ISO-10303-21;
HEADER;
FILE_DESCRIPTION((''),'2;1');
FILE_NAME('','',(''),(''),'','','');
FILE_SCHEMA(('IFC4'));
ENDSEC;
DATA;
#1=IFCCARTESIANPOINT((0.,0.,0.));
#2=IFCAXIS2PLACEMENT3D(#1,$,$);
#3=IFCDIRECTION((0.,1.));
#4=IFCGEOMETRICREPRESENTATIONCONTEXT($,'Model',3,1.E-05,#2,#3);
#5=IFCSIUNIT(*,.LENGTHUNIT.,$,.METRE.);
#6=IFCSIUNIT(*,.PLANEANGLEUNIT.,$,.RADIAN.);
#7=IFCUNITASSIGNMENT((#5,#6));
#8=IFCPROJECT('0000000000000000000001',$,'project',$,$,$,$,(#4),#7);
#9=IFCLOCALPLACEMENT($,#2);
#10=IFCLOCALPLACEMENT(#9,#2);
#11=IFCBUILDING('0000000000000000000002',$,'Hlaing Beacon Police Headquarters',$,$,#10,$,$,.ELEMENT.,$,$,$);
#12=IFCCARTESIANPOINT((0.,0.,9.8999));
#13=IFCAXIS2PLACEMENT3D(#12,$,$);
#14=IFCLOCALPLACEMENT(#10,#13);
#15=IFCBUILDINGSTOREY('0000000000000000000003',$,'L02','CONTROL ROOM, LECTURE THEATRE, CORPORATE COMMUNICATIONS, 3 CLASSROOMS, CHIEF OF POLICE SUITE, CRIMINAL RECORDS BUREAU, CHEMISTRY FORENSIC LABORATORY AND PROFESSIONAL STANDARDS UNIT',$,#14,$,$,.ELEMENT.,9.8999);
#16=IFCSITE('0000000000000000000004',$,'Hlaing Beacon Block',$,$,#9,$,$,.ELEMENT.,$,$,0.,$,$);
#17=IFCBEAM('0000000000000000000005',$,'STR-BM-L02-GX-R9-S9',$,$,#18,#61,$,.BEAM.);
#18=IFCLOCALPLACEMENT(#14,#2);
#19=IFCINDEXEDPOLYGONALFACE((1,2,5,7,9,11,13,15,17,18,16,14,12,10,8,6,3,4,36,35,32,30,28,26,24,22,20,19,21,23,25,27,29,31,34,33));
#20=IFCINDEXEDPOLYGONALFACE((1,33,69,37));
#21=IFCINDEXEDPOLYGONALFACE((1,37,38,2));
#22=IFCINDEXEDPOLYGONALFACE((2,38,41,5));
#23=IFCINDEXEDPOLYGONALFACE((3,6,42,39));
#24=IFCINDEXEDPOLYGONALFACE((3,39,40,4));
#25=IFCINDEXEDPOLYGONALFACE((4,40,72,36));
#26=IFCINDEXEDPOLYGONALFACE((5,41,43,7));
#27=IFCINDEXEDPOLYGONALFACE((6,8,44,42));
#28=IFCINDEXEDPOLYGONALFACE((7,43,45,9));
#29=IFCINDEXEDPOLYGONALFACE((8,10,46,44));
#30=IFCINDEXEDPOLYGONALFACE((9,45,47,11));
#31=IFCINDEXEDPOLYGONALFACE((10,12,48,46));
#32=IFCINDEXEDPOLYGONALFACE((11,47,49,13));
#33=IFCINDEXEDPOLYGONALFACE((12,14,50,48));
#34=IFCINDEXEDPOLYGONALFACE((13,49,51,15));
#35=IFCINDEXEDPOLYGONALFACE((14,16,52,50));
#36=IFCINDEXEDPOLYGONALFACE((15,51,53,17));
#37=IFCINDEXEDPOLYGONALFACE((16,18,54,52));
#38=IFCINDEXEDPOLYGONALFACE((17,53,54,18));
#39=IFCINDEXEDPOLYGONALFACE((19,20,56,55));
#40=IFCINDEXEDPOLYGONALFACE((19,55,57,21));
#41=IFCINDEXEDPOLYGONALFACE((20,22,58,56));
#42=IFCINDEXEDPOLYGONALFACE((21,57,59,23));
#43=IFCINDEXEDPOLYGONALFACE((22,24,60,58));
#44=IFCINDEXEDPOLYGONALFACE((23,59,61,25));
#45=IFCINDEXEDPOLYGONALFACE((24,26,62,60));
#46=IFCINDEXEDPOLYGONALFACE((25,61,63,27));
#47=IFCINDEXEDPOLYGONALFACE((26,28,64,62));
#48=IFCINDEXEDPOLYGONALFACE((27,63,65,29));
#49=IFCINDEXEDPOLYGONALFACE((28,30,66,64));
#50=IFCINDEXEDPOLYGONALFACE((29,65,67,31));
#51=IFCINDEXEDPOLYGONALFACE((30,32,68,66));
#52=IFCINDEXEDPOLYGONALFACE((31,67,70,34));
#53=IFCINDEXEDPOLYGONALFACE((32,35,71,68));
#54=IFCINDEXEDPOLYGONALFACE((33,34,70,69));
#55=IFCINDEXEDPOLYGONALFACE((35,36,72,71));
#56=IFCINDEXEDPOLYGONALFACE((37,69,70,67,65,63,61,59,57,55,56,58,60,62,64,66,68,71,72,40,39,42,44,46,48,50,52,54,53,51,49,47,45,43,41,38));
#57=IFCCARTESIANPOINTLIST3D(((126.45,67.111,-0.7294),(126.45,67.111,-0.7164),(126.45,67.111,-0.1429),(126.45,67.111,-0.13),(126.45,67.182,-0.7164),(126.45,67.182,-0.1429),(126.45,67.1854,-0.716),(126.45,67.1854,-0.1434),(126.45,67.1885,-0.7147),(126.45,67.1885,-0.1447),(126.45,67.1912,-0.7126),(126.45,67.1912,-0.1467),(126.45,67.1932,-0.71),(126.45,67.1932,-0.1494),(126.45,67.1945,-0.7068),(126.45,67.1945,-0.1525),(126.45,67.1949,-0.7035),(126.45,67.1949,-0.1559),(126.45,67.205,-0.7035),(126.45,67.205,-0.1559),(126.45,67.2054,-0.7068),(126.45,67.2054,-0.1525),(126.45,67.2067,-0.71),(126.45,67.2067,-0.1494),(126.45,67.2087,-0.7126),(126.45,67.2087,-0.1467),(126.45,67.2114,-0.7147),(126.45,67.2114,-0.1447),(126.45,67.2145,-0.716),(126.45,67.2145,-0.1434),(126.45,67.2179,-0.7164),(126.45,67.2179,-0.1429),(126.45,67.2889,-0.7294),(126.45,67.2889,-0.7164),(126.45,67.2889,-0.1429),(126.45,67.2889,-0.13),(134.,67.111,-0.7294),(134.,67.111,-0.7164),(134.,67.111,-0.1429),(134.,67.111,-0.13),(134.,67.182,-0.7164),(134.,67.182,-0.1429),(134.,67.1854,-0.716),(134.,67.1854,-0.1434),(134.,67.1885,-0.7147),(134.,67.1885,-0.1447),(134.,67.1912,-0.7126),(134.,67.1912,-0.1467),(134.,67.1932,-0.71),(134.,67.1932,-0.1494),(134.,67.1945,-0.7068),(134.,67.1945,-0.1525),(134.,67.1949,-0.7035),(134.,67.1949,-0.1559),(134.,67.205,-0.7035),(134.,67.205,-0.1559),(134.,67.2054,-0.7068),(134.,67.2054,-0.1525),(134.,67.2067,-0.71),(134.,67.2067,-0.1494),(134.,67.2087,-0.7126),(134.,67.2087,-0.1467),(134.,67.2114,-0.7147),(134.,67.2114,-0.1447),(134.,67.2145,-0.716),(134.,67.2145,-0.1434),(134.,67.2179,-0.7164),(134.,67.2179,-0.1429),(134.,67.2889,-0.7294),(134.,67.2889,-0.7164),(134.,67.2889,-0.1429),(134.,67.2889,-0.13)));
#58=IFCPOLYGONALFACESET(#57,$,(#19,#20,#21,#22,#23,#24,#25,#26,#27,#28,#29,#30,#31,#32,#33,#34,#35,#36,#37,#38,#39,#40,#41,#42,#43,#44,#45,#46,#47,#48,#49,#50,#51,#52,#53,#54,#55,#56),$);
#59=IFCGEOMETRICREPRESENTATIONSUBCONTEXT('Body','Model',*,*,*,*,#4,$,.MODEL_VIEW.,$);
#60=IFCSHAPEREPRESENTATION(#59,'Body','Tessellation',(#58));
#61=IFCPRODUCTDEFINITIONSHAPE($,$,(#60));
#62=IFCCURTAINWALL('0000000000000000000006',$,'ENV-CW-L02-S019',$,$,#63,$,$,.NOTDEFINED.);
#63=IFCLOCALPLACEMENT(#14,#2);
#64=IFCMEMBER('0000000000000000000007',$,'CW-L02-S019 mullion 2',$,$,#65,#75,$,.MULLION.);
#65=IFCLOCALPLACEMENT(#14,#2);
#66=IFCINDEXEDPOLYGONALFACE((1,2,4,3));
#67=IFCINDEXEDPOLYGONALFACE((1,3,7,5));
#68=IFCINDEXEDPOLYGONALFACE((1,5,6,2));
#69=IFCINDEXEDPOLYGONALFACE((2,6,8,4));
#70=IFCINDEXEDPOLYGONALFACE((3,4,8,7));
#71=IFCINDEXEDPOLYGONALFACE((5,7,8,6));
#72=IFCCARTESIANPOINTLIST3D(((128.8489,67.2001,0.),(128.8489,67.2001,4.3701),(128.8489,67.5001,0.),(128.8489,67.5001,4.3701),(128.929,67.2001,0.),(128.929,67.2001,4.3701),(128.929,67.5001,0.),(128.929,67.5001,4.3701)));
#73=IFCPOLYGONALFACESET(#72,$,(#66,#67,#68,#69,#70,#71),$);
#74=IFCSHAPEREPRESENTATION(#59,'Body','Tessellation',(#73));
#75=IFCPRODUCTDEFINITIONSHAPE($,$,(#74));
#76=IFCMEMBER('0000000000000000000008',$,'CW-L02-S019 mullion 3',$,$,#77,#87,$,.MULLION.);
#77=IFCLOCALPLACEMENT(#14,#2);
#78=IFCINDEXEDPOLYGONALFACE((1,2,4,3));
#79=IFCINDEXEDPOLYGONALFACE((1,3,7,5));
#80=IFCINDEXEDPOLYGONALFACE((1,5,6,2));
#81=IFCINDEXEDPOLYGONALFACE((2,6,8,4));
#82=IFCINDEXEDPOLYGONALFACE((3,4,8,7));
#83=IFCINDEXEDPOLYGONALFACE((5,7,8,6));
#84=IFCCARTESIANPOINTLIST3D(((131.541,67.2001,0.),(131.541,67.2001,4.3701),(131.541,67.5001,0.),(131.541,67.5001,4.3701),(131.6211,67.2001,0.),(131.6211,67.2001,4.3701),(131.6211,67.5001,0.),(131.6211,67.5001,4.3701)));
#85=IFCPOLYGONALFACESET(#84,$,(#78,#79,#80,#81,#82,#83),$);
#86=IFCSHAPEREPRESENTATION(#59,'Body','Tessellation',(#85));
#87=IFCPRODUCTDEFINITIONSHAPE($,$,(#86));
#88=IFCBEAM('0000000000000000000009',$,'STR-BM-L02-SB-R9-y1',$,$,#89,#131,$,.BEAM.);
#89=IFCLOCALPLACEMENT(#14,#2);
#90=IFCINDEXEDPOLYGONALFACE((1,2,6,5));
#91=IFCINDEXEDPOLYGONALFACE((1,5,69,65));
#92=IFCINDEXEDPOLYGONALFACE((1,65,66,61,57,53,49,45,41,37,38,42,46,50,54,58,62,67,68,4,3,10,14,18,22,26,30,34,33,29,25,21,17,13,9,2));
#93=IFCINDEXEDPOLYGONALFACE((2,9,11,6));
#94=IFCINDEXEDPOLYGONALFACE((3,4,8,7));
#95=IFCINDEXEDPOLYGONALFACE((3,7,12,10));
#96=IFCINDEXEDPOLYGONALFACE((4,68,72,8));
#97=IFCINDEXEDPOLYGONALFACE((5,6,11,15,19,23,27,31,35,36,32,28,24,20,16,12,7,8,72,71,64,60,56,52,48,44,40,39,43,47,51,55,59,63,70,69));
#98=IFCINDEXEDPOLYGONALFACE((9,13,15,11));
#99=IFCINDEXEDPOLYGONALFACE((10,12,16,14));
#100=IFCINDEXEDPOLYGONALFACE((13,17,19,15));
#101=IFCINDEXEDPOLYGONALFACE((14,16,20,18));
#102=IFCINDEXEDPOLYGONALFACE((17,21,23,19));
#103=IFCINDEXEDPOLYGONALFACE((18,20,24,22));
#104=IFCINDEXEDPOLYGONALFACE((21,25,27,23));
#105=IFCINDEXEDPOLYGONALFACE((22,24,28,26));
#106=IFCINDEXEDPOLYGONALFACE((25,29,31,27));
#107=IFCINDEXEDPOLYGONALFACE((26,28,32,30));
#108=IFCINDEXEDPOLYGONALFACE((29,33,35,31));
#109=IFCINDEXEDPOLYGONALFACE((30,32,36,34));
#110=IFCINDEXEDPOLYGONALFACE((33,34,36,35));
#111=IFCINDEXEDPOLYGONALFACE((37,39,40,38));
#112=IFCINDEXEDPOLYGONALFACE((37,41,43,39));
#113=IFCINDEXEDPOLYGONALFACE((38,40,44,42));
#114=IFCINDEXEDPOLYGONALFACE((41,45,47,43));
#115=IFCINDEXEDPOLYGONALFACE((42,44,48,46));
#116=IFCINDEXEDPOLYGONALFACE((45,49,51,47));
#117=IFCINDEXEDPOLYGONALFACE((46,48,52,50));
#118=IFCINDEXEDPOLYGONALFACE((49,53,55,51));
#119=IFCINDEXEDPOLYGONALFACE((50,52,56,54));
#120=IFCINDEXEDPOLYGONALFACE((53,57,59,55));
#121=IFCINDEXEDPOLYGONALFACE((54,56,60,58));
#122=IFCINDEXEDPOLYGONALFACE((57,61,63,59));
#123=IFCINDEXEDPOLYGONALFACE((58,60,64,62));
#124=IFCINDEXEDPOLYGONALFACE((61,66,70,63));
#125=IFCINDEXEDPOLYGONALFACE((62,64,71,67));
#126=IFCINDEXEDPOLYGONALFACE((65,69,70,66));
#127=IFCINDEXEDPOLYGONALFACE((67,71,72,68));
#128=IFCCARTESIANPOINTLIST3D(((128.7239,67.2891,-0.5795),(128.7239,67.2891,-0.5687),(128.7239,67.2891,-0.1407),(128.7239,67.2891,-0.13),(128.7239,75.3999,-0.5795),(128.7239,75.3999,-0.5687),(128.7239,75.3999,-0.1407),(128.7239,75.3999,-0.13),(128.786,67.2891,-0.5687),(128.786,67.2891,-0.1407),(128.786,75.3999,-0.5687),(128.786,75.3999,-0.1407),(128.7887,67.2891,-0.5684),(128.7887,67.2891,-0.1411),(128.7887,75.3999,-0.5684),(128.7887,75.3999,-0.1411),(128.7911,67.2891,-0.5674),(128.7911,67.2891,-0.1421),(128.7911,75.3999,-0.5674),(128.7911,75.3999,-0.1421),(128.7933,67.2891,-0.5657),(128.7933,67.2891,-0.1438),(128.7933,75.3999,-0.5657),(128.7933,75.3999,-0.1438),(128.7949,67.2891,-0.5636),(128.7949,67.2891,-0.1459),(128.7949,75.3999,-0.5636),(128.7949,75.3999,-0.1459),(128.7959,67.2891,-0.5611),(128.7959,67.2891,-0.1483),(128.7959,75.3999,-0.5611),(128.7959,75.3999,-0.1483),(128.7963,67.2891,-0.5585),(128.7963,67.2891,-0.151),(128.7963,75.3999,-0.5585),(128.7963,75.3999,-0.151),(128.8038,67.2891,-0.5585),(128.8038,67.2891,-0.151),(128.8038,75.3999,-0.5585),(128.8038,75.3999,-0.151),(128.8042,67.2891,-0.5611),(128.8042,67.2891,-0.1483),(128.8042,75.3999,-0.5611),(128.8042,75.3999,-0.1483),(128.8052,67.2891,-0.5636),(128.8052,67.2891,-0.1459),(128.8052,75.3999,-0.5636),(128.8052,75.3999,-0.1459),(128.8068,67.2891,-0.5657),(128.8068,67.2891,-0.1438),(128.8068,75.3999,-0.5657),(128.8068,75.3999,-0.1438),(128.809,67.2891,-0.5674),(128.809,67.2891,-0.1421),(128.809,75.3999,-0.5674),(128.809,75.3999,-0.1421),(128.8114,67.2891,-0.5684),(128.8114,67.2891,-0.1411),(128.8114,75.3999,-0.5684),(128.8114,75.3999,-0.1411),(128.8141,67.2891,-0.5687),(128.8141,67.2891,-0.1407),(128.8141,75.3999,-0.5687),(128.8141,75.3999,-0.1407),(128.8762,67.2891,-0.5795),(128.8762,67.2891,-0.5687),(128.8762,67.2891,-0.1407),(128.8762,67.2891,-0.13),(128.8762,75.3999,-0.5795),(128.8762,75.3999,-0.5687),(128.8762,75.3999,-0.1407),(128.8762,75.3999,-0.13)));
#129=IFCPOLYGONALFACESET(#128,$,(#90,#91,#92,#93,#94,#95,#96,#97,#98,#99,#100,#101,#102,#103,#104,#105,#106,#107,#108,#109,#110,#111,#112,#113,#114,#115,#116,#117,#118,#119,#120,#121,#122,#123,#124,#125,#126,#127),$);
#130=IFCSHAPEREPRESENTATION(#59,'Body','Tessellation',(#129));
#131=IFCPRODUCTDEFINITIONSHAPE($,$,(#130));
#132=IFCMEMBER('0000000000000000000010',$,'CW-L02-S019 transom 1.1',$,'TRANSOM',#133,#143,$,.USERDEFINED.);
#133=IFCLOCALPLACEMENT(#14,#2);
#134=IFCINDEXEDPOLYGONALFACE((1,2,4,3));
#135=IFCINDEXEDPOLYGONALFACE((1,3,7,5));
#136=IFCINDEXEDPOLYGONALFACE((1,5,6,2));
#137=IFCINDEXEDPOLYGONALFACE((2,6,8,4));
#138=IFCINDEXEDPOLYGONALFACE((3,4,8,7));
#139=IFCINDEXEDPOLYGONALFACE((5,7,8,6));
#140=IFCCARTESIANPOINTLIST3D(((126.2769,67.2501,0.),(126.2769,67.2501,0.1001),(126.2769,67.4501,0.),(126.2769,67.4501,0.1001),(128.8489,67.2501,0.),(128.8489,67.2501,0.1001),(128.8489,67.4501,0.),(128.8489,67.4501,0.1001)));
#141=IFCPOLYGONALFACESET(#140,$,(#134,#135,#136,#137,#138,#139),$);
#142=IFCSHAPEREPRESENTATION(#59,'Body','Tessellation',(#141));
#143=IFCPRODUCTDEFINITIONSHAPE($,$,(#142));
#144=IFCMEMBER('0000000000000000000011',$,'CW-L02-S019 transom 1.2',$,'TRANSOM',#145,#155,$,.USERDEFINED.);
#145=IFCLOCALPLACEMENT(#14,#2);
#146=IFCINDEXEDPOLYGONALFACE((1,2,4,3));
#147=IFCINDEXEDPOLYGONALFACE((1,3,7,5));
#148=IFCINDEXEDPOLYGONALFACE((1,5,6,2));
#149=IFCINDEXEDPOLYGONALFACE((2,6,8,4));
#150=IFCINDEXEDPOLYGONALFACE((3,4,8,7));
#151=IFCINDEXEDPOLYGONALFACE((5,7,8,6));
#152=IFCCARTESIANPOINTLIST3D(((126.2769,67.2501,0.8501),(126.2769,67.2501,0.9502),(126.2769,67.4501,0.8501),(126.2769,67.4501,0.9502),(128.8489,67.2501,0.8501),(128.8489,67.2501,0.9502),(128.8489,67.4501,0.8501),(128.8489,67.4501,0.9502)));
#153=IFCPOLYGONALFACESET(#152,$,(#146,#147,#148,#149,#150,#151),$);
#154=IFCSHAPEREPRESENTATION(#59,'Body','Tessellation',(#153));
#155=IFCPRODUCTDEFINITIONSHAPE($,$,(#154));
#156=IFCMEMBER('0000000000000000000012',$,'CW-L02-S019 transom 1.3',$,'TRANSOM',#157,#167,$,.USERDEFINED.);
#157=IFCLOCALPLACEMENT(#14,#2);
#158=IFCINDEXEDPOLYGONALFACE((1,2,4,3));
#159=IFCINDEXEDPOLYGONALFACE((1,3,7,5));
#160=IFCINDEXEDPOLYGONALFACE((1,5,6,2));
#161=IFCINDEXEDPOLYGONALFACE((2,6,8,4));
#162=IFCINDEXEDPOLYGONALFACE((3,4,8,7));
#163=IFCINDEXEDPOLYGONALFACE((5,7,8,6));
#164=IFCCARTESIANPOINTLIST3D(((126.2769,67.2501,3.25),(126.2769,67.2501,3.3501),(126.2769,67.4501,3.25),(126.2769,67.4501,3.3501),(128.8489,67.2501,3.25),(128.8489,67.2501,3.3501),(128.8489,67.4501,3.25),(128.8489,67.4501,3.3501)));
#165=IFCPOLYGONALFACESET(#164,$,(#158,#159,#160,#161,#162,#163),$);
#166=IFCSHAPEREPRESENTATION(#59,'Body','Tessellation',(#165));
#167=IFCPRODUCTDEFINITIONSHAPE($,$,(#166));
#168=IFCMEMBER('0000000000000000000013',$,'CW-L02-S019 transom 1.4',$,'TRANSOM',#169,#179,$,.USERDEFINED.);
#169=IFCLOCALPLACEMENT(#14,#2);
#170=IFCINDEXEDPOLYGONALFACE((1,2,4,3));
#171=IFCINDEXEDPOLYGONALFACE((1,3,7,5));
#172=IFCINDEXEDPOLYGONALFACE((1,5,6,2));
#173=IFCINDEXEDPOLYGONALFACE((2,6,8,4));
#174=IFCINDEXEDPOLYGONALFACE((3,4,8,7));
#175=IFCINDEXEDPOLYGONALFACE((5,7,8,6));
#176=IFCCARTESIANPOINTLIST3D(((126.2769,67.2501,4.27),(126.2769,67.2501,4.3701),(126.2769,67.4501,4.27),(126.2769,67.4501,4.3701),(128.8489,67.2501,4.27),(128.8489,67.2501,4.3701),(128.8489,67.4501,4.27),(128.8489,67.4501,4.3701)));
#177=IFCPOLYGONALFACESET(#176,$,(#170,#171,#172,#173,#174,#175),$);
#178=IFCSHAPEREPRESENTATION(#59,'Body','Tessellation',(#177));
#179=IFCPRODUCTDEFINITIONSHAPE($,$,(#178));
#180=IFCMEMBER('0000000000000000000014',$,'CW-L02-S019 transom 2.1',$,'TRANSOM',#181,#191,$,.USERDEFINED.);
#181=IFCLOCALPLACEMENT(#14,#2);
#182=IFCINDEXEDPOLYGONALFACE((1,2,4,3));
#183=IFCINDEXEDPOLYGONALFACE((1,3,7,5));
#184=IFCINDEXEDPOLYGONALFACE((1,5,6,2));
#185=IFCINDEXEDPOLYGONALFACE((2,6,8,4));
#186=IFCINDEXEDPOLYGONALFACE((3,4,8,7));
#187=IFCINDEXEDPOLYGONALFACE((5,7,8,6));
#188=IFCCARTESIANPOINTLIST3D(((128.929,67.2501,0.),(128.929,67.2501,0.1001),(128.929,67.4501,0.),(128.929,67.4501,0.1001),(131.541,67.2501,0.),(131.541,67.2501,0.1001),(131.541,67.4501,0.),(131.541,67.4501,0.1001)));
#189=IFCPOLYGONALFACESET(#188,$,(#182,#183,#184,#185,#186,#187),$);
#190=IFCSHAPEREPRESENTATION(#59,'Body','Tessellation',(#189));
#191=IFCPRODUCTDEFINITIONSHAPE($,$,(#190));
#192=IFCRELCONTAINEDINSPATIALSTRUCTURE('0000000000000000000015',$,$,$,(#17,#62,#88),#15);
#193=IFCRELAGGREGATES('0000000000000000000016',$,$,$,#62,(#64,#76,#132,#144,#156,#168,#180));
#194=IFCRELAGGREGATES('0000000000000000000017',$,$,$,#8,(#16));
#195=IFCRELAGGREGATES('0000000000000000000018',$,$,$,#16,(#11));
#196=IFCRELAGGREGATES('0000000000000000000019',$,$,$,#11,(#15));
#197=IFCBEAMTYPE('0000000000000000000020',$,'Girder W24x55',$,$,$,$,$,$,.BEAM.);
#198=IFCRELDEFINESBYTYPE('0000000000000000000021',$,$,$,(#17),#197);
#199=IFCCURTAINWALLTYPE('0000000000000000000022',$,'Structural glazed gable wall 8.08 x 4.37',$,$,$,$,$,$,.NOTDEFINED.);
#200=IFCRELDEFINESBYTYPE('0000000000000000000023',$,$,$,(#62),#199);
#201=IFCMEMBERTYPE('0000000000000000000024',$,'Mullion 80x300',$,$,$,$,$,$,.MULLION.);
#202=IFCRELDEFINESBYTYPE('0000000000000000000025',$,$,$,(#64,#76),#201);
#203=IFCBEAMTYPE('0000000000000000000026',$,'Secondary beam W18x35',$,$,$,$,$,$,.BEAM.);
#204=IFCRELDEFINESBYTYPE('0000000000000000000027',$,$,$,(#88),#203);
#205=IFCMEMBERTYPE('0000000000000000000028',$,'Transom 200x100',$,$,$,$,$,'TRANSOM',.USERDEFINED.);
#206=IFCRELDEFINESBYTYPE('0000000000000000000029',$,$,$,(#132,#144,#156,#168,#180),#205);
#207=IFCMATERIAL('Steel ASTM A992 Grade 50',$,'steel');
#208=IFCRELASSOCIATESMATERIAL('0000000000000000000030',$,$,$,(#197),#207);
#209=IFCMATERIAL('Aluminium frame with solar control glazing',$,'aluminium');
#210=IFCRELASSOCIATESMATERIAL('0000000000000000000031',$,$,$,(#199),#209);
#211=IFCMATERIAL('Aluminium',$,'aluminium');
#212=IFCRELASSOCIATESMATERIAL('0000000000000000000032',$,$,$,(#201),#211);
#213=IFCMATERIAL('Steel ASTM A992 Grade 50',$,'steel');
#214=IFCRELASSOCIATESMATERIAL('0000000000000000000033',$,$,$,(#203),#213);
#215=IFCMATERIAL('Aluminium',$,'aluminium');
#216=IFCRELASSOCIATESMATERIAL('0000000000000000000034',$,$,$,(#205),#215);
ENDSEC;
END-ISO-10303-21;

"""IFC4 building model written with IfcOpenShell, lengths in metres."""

from ifc_helpers import new_model, si_unit, direction, frame, origin, origin_2d, place, context, subcontext, project, spatial, rectangle, i_section, extrude, material, material_profile, profile_set, type_object, element, aggregate, save


model = new_model("IFC4")

# Units and contexts
model_context = context("Model", 3, precision=1e-05, world=origin(), true_north=direction((0.0, 1.0)))
body_context = subcontext(model_context, "Body", "Model", "MODEL_VIEW")
ifc_project = project(units=[si_unit("LENGTHUNIT", "METRE"), si_unit("PLANEANGLEUNIT", "RADIAN")], contexts=[model_context])

# Site, building, storey
site_placement = place(None, origin())
site = spatial("IfcSite", under=ifc_project, at=site_placement, Name="Hlaing Beacon Block", CompositionType="ELEMENT", RefElevation=0.0)
building_placement = place(site_placement, origin())
building = spatial("IfcBuilding", under=site, at=building_placement, Name="Hlaing Beacon Police Headquarters", CompositionType="ELEMENT")
storey_placement = place(building_placement, frame((0.0, 0.0, 9.8999)))
storey = spatial("IfcBuildingStorey", under=building, at=storey_placement, Name="L02", Description="CONTROL ROOM, LECTURE THEATRE, CORPORATE COMMUNICATIONS, 3 CLASSROOMS, CHIEF OF POLICE SUITE, CRIMINAL RECORDS BUREAU, CHEMISTRY FORENSIC LABORATORY AND PROFESSIONAL STANDARDS UNIT", CompositionType="ELEMENT", Elevation=9.8999)

# Beam
ifc_material_1 = material(Name="Steel ASTM A992 Grade 50", Category="steel")
ifc_material_profile_1 = material_profile(ifc_material_1, i_section(OverallWidth=0.178, OverallDepth=0.5994, WebThickness=0.01, FlangeThickness=0.0129, FilletRadius=0.0129, at=origin_2d()), Name="W24x55")
ifc_profile_set_1 = profile_set([ifc_material_profile_1], Name="Steel ASTM A992 Grade 50")
beam_type_1 = type_object("IfcBeamType", Name="Girder W24x55", PredefinedType="BEAM", material=ifc_profile_set_1)
beam_1_placement = place(storey_placement, frame((126.45, 67.2, -0.4297), z_axis=(1.0, 0.0, 0.0), x_axis=(0.0, 1.0, 0.0)))
element("IfcBeam", 1, at=beam_1_placement, inside=storey, type_object=beam_type_1, Name="STR-BM-L02-GX-R9-S9", PredefinedType="BEAM", context=body_context, shape_type="SweptSolid", body=[
    extrude(i_section(OverallWidth=0.178, OverallDepth=0.5994, WebThickness=0.01, FlangeThickness=0.0129, FilletRadius=0.0129, at=origin_2d()), origin(), (0.0, 0.0, 1.0), 7.55),
])

# Curtain wall, members
ifc_material_2 = material(Name="Aluminium frame with solar control glazing", Category="aluminium")
curtain_wall_type = type_object("IfcCurtainWallType", Name="Structural glazed gable wall 8.08 x 4.37", PredefinedType="NOTDEFINED", material=ifc_material_2)
curtain_wall_placement = place(storey_placement, origin())
curtain_wall = element("IfcCurtainWall", 2, at=curtain_wall_placement, inside=storey, type_object=curtain_wall_type, Name="ENV-CW-L02-S019", PredefinedType="NOTDEFINED")
ifc_material_3 = material(Name="Aluminium", Category="aluminium")
ifc_material_profile_2 = material_profile(ifc_material_3, rectangle(XDim=0.3, YDim=0.0801, at=origin_2d()), Name="Mullion 80x300")
ifc_profile_set_2 = profile_set([ifc_material_profile_2], Name="Aluminium")
member_type_1 = type_object("IfcMemberType", Name="Mullion 80x300", PredefinedType="MULLION", material=ifc_profile_set_2)
member_1_placement = place(storey_placement, frame((128.8889, 67.3501, 0.0), z_axis=(0.0, 0.0, 1.0), x_axis=(0.0, 1.0, 0.0)))
member_1 = element("IfcMember", 3, at=member_1_placement, type_object=member_type_1, Name="CW-L02-S019 mullion 2", PredefinedType="MULLION", context=body_context, shape_type="SweptSolid", body=[
    extrude(rectangle(XDim=0.3, YDim=0.0801, at=origin_2d()), origin(), (0.0, 0.0, 1.0), 4.3701),
])
member_2_placement = place(storey_placement, frame((131.5811, 67.3501, 0.0), z_axis=(0.0, 0.0, 1.0), x_axis=(0.0, 1.0, 0.0)))
member_2 = element("IfcMember", 4, at=member_2_placement, type_object=member_type_1, Name="CW-L02-S019 mullion 3", PredefinedType="MULLION", context=body_context, shape_type="SweptSolid", body=[
    extrude(rectangle(XDim=0.3, YDim=0.0801, at=origin_2d()), origin(), (0.0, 0.0, 1.0), 4.3701),
])

# Beam
ifc_material_4 = material(Name="Steel ASTM A992 Grade 50", Category="steel")
ifc_material_profile_3 = material_profile(ifc_material_4, i_section(OverallWidth=0.1523, OverallDepth=0.4495, WebThickness=0.0076, FlangeThickness=0.0107, FilletRadius=0.0103, at=origin_2d()), Name="W18x35")
ifc_profile_set_3 = profile_set([ifc_material_profile_3], Name="Steel ASTM A992 Grade 50")
beam_type_2 = type_object("IfcBeamType", Name="Secondary beam W18x35", PredefinedType="BEAM", material=ifc_profile_set_3)
beam_2_placement = place(storey_placement, frame((128.8, 67.2891, -0.3547), z_axis=(0.0, 1.0, 0.0), x_axis=(-1.0, 0.0, 0.0)))
element("IfcBeam", 5, at=beam_2_placement, inside=storey, type_object=beam_type_2, Name="STR-BM-L02-SB-R9-y1", PredefinedType="BEAM", context=body_context, shape_type="SweptSolid", body=[
    extrude(i_section(OverallWidth=0.1523, OverallDepth=0.4495, WebThickness=0.0076, FlangeThickness=0.0107, FilletRadius=0.0103, at=origin_2d()), origin(), (0.0, 0.0, 1.0), 8.1108),
])

# Members
ifc_material_5 = material(Name="Aluminium", Category="aluminium")
ifc_material_profile_4 = material_profile(ifc_material_5, rectangle(XDim=0.2, YDim=0.1001, at=origin_2d()), Name="Transom 200x100")
ifc_profile_set_4 = profile_set([ifc_material_profile_4], Name="Aluminium")
member_type_2 = type_object("IfcMemberType", Name="Transom 200x100", ElementType="TRANSOM", PredefinedType="USERDEFINED", material=ifc_profile_set_4)
member_3_placement = place(storey_placement, frame((126.2769, 67.3501, 0.05), z_axis=(1.0, 0.0, 0.0), x_axis=(0.0, 1.0, 0.0)))
member_3 = element("IfcMember", 6, at=member_3_placement, type_object=member_type_2, Name="CW-L02-S019 transom 1.1", ObjectType="TRANSOM", PredefinedType="USERDEFINED", context=body_context, shape_type="SweptSolid", body=[
    extrude(rectangle(XDim=0.2, YDim=0.1001, at=origin_2d()), origin(), (0.0, 0.0, 1.0), 2.572),
])
member_4_placement = place(storey_placement, frame((126.2769, 67.3501, 0.9001), z_axis=(1.0, 0.0, 0.0), x_axis=(0.0, 1.0, 0.0)))
member_4 = element("IfcMember", 7, at=member_4_placement, type_object=member_type_2, Name="CW-L02-S019 transom 1.2", ObjectType="TRANSOM", PredefinedType="USERDEFINED", context=body_context, shape_type="SweptSolid", body=[
    extrude(rectangle(XDim=0.2, YDim=0.1001, at=origin_2d()), origin(), (0.0, 0.0, 1.0), 2.572),
])
member_5_placement = place(storey_placement, frame((126.2769, 67.3501, 3.3), z_axis=(1.0, 0.0, 0.0), x_axis=(0.0, 1.0, 0.0)))
member_5 = element("IfcMember", 8, at=member_5_placement, type_object=member_type_2, Name="CW-L02-S019 transom 1.3", ObjectType="TRANSOM", PredefinedType="USERDEFINED", context=body_context, shape_type="SweptSolid", body=[
    extrude(rectangle(XDim=0.2, YDim=0.1001, at=origin_2d()), origin(), (0.0, 0.0, 1.0), 2.572),
])
member_6_placement = place(storey_placement, frame((126.2769, 67.3501, 4.3201), z_axis=(1.0, 0.0, 0.0), x_axis=(0.0, 1.0, 0.0)))
member_6 = element("IfcMember", 9, at=member_6_placement, type_object=member_type_2, Name="CW-L02-S019 transom 1.4", ObjectType="TRANSOM", PredefinedType="USERDEFINED", context=body_context, shape_type="SweptSolid", body=[
    extrude(rectangle(XDim=0.2, YDim=0.1001, at=origin_2d()), origin(), (0.0, 0.0, 1.0), 2.572),
])
member_7_placement = place(storey_placement, frame((128.929, 67.3501, 0.05), z_axis=(1.0, 0.0, 0.0), x_axis=(0.0, 1.0, 0.0)))
member_7 = element("IfcMember", 10, at=member_7_placement, type_object=member_type_2, Name="CW-L02-S019 transom 2.1", ObjectType="TRANSOM", PredefinedType="USERDEFINED", context=body_context, shape_type="SweptSolid", body=[
    extrude(rectangle(XDim=0.2, YDim=0.1001, at=origin_2d()), origin(), (0.0, 0.0, 1.0), 2.6121),
])

aggregate(curtain_wall, [member_1, member_2, member_3, member_4, member_5, member_6, member_7])

save(model, "model.ifc")
